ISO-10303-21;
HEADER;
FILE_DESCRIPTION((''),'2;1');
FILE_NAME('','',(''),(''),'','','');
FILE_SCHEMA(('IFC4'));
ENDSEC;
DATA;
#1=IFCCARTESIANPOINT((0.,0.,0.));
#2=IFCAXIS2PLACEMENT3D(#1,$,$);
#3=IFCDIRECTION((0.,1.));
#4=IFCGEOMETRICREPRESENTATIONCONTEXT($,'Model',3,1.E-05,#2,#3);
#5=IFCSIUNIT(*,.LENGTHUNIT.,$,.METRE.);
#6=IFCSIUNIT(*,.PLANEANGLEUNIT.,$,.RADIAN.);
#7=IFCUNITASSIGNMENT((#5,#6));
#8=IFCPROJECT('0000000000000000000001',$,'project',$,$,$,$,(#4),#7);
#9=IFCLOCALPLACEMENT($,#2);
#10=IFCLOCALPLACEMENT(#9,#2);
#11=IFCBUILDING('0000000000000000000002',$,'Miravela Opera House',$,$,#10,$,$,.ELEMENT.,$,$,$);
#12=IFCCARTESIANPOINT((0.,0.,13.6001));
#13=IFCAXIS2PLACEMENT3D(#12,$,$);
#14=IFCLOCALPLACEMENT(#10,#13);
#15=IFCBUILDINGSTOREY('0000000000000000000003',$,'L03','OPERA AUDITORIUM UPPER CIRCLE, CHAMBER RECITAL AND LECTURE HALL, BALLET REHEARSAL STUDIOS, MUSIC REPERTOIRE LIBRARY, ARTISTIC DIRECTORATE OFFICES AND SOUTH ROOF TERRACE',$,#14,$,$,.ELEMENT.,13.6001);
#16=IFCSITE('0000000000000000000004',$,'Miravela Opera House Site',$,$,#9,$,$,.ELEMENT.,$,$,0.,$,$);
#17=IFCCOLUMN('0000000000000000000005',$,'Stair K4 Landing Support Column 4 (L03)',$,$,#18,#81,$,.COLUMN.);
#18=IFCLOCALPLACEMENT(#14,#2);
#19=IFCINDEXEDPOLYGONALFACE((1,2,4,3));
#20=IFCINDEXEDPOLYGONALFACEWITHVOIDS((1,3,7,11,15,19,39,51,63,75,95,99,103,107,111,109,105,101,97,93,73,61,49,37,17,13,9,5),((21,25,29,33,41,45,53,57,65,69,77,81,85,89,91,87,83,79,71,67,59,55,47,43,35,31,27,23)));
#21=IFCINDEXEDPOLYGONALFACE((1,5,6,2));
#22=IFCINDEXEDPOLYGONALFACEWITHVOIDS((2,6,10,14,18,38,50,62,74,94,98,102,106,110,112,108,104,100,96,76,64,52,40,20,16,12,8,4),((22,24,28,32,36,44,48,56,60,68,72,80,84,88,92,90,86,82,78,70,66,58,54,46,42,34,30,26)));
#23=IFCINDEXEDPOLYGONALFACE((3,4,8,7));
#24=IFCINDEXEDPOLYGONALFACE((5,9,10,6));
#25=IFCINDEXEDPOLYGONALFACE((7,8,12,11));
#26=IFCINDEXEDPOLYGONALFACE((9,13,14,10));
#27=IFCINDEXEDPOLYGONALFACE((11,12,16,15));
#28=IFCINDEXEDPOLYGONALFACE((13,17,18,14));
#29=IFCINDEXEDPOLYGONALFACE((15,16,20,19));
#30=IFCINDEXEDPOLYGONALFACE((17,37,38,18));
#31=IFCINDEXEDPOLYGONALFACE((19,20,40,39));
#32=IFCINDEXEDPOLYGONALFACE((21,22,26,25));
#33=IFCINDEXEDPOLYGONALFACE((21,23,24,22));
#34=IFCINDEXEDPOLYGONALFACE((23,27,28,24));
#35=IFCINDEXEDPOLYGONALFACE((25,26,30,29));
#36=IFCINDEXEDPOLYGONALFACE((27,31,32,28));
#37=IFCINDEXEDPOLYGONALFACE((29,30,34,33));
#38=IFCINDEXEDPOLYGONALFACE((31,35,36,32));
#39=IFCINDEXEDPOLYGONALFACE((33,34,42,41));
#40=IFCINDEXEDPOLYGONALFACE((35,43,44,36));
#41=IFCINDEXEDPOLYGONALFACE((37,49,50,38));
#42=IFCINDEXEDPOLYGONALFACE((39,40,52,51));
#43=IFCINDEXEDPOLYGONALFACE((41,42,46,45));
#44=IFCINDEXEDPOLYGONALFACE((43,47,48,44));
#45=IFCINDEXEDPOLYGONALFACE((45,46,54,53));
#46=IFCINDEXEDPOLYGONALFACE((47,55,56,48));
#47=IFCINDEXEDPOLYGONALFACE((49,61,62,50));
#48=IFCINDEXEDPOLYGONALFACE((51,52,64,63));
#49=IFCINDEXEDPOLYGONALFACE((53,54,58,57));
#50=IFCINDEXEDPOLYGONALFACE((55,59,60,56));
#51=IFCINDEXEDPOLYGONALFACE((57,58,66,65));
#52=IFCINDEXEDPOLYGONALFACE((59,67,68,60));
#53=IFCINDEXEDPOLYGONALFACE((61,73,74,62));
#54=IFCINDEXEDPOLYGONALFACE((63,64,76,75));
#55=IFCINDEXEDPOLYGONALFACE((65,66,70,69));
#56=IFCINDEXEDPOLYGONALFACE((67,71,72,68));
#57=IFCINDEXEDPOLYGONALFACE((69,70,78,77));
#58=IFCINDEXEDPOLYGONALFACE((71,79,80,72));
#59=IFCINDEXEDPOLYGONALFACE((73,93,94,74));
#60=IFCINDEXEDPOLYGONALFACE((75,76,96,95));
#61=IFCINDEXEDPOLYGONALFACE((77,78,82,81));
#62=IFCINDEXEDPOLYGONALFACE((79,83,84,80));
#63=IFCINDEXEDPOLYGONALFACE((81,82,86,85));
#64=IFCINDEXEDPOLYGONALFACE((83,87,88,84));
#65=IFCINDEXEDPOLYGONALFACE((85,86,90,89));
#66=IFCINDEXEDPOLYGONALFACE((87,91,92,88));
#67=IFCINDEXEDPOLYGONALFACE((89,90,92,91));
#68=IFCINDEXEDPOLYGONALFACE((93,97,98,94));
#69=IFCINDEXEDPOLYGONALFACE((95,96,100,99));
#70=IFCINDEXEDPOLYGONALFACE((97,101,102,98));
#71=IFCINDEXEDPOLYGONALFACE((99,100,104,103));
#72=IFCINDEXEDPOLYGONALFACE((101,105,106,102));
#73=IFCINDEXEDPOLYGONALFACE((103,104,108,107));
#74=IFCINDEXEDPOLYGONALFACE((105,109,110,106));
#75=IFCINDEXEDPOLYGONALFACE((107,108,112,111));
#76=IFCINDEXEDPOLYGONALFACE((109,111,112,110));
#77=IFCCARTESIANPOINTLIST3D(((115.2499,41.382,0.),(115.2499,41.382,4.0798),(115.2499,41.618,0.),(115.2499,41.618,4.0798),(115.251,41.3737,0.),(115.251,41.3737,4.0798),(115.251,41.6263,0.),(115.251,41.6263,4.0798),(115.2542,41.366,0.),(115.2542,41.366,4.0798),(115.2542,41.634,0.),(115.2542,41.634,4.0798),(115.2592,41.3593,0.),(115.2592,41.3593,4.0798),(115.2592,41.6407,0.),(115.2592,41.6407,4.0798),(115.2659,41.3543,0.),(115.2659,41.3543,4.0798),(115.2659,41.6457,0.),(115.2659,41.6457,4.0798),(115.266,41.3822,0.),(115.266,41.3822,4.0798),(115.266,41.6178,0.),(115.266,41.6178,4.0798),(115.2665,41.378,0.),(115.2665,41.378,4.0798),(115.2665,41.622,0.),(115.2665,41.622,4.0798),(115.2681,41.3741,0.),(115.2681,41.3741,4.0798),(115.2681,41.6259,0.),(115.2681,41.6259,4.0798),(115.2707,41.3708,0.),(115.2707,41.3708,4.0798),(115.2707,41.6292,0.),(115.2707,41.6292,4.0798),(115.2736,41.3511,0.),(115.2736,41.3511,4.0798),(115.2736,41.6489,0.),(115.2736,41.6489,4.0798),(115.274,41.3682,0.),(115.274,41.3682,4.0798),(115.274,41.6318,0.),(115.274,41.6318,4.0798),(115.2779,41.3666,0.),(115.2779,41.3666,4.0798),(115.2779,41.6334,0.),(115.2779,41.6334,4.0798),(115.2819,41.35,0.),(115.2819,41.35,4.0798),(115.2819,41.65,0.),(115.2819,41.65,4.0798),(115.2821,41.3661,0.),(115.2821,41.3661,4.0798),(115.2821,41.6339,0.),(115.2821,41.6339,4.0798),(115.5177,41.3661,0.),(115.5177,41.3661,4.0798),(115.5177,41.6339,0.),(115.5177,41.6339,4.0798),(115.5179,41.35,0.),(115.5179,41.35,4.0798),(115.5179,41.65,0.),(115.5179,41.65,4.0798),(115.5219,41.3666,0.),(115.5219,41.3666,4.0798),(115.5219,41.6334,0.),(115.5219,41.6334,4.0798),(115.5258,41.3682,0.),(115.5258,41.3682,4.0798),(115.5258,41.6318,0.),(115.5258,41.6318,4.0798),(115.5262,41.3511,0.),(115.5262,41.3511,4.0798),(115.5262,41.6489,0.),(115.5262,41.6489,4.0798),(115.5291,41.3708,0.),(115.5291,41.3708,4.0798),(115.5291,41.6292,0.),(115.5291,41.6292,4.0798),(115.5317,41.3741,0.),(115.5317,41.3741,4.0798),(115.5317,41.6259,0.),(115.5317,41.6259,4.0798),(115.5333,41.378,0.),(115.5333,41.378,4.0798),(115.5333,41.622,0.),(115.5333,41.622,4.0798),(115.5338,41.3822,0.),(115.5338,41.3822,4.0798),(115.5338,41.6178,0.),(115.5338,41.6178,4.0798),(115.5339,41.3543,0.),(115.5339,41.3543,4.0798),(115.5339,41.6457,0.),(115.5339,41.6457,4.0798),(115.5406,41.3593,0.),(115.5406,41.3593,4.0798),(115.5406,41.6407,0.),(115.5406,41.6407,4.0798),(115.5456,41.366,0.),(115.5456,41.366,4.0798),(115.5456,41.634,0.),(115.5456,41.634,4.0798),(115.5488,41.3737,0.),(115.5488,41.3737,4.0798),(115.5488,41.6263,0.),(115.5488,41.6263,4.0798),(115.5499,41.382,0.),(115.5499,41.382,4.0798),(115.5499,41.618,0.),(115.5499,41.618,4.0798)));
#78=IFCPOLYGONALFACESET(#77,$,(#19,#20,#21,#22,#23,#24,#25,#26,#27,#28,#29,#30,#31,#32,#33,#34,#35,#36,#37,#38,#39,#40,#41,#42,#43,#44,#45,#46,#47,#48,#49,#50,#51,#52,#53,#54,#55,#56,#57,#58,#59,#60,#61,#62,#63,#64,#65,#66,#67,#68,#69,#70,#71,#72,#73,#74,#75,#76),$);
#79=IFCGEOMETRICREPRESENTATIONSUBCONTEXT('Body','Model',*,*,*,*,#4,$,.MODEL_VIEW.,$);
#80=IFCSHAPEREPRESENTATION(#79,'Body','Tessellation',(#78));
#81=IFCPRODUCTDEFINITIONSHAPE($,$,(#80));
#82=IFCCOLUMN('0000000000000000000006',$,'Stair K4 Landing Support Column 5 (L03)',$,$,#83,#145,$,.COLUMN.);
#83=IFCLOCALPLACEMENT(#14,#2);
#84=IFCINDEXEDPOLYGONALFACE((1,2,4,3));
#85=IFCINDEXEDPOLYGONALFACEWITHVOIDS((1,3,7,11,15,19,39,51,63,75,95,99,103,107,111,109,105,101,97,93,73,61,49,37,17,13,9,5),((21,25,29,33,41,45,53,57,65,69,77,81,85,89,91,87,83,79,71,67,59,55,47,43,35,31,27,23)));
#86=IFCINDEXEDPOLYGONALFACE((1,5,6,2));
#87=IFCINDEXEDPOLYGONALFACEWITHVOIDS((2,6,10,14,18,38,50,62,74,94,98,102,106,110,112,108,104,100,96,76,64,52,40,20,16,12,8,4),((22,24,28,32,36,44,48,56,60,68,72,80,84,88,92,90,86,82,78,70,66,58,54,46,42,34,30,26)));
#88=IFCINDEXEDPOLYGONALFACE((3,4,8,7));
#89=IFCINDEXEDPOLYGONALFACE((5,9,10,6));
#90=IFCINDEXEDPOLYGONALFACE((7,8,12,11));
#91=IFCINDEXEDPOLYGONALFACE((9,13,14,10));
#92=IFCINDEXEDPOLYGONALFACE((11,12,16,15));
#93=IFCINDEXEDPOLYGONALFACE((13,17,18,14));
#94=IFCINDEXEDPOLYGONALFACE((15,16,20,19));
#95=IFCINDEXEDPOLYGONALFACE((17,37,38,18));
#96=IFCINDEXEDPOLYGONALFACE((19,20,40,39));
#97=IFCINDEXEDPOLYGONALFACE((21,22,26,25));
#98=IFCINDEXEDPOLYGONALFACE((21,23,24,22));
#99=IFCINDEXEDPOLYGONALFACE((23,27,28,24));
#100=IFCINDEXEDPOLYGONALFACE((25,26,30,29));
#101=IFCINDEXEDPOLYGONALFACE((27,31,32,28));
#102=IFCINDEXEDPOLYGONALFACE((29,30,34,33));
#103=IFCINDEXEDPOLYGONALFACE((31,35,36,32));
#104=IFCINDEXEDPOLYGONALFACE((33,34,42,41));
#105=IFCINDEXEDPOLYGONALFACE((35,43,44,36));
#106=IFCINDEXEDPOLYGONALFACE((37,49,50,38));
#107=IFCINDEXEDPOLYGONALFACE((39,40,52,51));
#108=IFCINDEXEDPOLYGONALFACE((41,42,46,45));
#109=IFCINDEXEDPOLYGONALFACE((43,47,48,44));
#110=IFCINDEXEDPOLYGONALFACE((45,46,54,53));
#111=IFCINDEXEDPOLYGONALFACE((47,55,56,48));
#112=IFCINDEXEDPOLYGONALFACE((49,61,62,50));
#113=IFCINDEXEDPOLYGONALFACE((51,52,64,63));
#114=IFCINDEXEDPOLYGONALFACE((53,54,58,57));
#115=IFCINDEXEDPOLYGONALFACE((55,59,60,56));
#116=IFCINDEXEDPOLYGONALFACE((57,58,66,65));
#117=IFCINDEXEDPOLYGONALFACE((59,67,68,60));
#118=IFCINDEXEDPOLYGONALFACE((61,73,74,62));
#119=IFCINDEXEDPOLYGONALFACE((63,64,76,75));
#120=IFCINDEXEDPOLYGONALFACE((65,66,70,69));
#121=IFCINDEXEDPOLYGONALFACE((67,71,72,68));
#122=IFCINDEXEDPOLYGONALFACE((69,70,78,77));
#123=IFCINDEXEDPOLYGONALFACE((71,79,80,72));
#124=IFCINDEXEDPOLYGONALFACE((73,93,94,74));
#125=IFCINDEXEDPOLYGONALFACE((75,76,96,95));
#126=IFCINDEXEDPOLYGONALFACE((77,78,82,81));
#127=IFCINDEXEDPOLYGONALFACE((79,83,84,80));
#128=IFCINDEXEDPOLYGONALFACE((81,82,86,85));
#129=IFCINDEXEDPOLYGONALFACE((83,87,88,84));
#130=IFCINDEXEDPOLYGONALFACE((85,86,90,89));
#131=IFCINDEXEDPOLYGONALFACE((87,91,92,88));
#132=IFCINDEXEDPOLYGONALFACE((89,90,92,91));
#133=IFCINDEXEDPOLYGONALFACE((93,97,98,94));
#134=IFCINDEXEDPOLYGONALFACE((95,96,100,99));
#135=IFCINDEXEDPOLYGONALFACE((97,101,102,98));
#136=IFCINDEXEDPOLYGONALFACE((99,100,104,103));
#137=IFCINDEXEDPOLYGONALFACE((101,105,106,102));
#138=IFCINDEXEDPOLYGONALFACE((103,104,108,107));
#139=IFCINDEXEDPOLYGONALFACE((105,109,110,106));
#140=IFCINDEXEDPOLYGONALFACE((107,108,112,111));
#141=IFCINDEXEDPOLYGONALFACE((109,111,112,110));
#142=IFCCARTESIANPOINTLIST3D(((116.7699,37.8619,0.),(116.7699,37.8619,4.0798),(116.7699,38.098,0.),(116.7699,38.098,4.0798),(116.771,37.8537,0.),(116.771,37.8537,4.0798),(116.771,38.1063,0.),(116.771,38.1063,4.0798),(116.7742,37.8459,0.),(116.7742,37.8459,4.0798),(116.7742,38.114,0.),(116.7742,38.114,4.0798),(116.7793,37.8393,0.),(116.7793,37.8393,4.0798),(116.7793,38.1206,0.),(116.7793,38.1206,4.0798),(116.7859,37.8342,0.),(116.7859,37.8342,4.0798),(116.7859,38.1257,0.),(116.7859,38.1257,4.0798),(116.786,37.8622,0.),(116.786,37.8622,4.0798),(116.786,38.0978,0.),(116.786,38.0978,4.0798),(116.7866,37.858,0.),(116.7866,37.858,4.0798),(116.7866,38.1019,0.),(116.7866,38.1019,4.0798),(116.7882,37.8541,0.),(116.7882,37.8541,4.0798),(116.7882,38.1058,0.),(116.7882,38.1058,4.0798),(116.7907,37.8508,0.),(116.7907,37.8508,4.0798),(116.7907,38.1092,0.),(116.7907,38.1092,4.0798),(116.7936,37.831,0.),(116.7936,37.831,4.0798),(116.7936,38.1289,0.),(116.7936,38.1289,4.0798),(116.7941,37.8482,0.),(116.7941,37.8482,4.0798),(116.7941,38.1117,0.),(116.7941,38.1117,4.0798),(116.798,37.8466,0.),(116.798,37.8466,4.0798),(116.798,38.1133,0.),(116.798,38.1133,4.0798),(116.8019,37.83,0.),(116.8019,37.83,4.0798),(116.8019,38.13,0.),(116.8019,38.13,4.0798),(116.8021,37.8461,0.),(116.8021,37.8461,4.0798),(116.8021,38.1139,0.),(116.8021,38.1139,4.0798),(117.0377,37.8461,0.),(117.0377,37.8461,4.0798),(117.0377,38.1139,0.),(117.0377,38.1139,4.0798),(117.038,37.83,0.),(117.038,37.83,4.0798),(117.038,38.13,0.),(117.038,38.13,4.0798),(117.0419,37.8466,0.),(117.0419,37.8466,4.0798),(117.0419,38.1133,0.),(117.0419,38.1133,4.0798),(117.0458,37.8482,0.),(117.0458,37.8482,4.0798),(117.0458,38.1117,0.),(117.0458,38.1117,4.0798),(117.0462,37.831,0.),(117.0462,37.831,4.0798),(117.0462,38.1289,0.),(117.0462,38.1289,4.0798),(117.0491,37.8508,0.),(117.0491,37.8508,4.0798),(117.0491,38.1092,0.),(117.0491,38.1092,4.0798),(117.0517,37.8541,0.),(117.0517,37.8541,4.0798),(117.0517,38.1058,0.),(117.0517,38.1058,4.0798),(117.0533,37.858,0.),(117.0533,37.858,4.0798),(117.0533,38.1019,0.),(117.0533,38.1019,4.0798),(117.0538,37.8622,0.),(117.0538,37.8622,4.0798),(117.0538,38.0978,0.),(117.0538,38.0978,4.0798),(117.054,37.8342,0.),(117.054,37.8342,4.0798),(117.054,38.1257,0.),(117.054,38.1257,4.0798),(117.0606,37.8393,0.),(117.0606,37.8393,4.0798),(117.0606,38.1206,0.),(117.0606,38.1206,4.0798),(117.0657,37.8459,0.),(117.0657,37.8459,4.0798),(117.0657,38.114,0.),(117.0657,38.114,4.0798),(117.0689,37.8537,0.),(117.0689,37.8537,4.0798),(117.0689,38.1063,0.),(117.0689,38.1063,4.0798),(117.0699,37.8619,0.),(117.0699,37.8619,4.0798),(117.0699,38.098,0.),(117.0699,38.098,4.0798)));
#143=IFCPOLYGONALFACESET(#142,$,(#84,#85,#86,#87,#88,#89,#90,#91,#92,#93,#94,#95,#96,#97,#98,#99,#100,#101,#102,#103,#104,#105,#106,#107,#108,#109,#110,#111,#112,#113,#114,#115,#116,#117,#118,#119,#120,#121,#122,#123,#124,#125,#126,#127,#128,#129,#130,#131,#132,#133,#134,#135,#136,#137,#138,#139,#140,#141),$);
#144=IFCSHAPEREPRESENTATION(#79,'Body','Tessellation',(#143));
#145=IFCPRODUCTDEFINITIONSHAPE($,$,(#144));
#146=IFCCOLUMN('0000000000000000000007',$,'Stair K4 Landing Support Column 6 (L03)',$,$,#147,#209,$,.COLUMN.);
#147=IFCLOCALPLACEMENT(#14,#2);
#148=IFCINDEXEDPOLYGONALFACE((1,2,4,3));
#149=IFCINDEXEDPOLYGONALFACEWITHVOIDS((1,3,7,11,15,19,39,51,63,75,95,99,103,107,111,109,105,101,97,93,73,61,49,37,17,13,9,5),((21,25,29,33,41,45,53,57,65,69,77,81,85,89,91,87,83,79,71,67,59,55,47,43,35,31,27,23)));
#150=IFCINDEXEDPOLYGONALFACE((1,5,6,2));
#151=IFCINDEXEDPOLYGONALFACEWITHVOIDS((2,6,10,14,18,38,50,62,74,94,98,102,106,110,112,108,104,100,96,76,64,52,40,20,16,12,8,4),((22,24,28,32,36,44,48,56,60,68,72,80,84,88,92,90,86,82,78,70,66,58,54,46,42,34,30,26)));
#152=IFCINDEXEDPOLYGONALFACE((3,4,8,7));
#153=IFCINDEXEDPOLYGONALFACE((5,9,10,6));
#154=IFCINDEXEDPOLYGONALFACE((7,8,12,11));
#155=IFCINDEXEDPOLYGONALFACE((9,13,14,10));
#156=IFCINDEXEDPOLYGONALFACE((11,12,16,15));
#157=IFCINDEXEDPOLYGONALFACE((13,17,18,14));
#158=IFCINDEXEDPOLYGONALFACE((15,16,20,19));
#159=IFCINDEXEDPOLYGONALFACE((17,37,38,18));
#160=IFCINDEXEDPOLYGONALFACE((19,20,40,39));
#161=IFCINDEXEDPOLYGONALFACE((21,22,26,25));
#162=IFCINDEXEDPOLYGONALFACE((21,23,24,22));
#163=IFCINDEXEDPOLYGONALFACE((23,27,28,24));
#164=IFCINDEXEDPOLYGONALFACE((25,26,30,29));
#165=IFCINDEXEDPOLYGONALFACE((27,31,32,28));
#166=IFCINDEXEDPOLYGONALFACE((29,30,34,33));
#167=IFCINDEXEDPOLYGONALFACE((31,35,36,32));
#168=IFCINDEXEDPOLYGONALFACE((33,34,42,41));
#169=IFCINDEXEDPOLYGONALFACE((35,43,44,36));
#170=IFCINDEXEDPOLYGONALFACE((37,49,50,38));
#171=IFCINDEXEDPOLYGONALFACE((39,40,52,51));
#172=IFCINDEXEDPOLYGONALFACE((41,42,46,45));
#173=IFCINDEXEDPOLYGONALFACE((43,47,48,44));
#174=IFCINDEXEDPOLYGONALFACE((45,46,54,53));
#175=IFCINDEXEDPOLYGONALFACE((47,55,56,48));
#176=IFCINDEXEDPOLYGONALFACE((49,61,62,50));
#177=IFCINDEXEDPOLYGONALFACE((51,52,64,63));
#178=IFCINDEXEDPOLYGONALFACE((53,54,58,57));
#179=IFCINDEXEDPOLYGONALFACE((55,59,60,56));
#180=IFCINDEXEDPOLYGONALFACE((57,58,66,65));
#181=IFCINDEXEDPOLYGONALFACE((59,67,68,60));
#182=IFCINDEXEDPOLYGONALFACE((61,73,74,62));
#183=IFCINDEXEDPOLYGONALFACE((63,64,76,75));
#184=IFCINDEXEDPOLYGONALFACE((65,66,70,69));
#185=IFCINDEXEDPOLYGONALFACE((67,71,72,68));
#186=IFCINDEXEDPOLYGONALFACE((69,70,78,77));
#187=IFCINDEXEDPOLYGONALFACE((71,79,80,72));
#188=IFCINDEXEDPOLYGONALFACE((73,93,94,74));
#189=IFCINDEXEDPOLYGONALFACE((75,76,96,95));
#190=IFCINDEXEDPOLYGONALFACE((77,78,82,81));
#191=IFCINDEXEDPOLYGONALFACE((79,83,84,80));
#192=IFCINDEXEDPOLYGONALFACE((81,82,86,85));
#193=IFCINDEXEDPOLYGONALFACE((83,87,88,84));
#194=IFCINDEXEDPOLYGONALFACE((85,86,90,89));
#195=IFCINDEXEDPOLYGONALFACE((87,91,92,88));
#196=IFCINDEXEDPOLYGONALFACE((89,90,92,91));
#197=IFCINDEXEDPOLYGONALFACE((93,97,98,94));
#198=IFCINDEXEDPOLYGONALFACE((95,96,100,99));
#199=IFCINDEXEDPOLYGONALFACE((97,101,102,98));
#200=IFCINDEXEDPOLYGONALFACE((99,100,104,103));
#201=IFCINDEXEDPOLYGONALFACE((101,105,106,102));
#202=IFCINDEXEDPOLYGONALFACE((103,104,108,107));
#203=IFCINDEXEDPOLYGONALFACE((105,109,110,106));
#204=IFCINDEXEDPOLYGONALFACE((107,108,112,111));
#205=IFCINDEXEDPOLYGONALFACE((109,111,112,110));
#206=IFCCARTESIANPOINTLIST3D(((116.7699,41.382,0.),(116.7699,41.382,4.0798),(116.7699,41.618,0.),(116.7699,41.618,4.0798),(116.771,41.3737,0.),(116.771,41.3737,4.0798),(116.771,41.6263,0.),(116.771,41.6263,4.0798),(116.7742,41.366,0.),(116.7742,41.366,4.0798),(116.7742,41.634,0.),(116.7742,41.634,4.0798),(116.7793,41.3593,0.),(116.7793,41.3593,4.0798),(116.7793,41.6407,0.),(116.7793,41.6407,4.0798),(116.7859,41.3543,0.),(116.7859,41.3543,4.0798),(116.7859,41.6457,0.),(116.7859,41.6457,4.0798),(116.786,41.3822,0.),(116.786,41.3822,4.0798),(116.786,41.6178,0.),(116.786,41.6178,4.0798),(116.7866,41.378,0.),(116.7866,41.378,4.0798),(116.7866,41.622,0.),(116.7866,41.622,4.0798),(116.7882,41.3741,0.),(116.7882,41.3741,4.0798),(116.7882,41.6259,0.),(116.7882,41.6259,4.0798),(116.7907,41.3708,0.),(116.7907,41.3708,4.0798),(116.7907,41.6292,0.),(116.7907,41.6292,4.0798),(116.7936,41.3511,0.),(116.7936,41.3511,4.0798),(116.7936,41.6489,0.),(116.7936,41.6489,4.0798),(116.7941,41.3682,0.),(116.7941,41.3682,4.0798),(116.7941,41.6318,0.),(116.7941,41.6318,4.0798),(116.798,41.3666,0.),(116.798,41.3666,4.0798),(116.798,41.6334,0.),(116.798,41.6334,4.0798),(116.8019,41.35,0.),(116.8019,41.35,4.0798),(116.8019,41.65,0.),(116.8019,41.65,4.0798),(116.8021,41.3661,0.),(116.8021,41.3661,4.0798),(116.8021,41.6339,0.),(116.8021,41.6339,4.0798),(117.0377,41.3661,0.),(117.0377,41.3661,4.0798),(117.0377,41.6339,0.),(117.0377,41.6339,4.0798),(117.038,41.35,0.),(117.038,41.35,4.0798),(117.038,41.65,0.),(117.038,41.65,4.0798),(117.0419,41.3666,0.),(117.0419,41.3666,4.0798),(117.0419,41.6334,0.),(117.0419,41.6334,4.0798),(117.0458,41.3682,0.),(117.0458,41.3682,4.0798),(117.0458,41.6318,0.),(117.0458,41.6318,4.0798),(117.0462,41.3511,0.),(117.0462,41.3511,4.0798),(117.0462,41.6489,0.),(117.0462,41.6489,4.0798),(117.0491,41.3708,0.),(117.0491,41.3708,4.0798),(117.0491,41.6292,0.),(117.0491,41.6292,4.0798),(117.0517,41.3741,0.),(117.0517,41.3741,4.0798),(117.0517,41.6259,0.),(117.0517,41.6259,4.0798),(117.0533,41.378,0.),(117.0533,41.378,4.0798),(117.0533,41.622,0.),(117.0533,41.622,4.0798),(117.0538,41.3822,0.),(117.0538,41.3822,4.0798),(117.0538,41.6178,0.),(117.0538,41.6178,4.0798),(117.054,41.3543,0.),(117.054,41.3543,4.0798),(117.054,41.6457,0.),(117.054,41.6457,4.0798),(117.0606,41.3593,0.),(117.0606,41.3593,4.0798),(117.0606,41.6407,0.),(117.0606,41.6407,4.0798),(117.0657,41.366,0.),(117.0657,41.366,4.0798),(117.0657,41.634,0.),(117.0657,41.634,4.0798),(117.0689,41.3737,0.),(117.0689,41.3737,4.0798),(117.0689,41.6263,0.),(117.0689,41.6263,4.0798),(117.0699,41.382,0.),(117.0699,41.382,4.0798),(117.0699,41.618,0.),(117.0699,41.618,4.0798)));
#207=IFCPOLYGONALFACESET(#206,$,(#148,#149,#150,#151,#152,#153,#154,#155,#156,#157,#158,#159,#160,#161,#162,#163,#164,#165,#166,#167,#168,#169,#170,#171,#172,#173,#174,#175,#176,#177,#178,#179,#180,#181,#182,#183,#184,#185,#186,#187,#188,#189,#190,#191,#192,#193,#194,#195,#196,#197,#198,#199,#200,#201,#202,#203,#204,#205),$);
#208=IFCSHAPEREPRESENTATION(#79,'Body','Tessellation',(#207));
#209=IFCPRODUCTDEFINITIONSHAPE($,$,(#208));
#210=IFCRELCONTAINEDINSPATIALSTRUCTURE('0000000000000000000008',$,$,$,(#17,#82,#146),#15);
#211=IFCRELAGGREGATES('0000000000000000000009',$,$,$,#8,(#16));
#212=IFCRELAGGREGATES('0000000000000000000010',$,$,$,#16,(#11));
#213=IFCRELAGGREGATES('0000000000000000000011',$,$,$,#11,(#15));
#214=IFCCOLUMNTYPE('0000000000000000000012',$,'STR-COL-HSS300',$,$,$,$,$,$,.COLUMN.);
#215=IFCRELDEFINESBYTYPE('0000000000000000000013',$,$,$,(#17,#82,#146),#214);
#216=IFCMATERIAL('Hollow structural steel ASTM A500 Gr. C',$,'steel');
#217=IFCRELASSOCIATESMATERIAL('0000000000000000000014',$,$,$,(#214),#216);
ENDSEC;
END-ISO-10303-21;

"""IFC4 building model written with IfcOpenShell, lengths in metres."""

from ifc_helpers import new_model, si_unit, direction, frame, origin, origin_2d, place, context, subcontext, project, spatial, hollow_rectangle, extrude, material, material_profile, profile_set, type_object, element, save


model = new_model("IFC4")

# Units and contexts
model_context = context("Model", 3, precision=1e-05, world=origin(), true_north=direction((0.0, 1.0)))
body_context = subcontext(model_context, "Body", "Model", "MODEL_VIEW")
ifc_project = project(units=[si_unit("LENGTHUNIT", "METRE"), si_unit("PLANEANGLEUNIT", "RADIAN")], contexts=[model_context])

# Site, building, storey
site_placement = place(None, origin())
site = spatial("IfcSite", under=ifc_project, at=site_placement, Name="Miravela Opera House Site", CompositionType="ELEMENT", RefElevation=0.0)
building_placement = place(site_placement, origin())
building = spatial("IfcBuilding", under=site, at=building_placement, Name="Miravela Opera House", CompositionType="ELEMENT")
storey_placement = place(building_placement, frame((0.0, 0.0, 13.6001)))
storey = spatial("IfcBuildingStorey", under=building, at=storey_placement, Name="L03", Description="OPERA AUDITORIUM UPPER CIRCLE, CHAMBER RECITAL AND LECTURE HALL, BALLET REHEARSAL STUDIOS, MUSIC REPERTOIRE LIBRARY, ARTISTIC DIRECTORATE OFFICES AND SOUTH ROOF TERRACE", CompositionType="ELEMENT", Elevation=13.6001)

# Columns
ifc_material_1 = material(Name="Hollow structural steel ASTM A500 Gr. C", Category="steel")
ifc_material_profile_1 = material_profile(ifc_material_1, hollow_rectangle(XDim=0.3, YDim=0.3, WallThickness=0.0161, InnerFilletRadius=0.0161, OuterFilletRadius=0.032, at=origin_2d()), Name="HSS300X300X16")
ifc_profile_set_1 = profile_set([ifc_material_profile_1])
column_type_1 = type_object("IfcColumnType", Name="STR-COL-HSS300", PredefinedType="COLUMN", material=ifc_profile_set_1)
for number, where, z_axis, x_axis, name in (
    (1, (115.3999, 41.5, 0.0), (0.0, 0.0, 1.0), (1.0, 0.0, 0.0), "Stair K4 Landing Support Column 4 (L03)"),
    (2, (116.9199, 37.98, 0.0), (0.0, 0.0, 1.0), (1.0, 0.0, 0.0), "Stair K4 Landing Support Column 5 (L03)"),
    (3, (116.9199, 41.5, 0.0), (0.0, 0.0, 1.0), (1.0, 0.0, 0.0), "Stair K4 Landing Support Column 6 (L03)"),
):
    element("IfcColumn", number, at=place(storey_placement, frame(where, z_axis=z_axis, x_axis=x_axis)), inside=storey, type_object=column_type_1, Name=name, PredefinedType="COLUMN", context=body_context, shape_type="SweptSolid", body=[
        extrude(hollow_rectangle(XDim=0.3, YDim=0.3, WallThickness=0.0161, InnerFilletRadius=0.0161, OuterFilletRadius=0.032, at=origin_2d()), origin(), (0.0, 0.0, 1.0), 4.0798),
    ])

save(model, "model.ifc")
